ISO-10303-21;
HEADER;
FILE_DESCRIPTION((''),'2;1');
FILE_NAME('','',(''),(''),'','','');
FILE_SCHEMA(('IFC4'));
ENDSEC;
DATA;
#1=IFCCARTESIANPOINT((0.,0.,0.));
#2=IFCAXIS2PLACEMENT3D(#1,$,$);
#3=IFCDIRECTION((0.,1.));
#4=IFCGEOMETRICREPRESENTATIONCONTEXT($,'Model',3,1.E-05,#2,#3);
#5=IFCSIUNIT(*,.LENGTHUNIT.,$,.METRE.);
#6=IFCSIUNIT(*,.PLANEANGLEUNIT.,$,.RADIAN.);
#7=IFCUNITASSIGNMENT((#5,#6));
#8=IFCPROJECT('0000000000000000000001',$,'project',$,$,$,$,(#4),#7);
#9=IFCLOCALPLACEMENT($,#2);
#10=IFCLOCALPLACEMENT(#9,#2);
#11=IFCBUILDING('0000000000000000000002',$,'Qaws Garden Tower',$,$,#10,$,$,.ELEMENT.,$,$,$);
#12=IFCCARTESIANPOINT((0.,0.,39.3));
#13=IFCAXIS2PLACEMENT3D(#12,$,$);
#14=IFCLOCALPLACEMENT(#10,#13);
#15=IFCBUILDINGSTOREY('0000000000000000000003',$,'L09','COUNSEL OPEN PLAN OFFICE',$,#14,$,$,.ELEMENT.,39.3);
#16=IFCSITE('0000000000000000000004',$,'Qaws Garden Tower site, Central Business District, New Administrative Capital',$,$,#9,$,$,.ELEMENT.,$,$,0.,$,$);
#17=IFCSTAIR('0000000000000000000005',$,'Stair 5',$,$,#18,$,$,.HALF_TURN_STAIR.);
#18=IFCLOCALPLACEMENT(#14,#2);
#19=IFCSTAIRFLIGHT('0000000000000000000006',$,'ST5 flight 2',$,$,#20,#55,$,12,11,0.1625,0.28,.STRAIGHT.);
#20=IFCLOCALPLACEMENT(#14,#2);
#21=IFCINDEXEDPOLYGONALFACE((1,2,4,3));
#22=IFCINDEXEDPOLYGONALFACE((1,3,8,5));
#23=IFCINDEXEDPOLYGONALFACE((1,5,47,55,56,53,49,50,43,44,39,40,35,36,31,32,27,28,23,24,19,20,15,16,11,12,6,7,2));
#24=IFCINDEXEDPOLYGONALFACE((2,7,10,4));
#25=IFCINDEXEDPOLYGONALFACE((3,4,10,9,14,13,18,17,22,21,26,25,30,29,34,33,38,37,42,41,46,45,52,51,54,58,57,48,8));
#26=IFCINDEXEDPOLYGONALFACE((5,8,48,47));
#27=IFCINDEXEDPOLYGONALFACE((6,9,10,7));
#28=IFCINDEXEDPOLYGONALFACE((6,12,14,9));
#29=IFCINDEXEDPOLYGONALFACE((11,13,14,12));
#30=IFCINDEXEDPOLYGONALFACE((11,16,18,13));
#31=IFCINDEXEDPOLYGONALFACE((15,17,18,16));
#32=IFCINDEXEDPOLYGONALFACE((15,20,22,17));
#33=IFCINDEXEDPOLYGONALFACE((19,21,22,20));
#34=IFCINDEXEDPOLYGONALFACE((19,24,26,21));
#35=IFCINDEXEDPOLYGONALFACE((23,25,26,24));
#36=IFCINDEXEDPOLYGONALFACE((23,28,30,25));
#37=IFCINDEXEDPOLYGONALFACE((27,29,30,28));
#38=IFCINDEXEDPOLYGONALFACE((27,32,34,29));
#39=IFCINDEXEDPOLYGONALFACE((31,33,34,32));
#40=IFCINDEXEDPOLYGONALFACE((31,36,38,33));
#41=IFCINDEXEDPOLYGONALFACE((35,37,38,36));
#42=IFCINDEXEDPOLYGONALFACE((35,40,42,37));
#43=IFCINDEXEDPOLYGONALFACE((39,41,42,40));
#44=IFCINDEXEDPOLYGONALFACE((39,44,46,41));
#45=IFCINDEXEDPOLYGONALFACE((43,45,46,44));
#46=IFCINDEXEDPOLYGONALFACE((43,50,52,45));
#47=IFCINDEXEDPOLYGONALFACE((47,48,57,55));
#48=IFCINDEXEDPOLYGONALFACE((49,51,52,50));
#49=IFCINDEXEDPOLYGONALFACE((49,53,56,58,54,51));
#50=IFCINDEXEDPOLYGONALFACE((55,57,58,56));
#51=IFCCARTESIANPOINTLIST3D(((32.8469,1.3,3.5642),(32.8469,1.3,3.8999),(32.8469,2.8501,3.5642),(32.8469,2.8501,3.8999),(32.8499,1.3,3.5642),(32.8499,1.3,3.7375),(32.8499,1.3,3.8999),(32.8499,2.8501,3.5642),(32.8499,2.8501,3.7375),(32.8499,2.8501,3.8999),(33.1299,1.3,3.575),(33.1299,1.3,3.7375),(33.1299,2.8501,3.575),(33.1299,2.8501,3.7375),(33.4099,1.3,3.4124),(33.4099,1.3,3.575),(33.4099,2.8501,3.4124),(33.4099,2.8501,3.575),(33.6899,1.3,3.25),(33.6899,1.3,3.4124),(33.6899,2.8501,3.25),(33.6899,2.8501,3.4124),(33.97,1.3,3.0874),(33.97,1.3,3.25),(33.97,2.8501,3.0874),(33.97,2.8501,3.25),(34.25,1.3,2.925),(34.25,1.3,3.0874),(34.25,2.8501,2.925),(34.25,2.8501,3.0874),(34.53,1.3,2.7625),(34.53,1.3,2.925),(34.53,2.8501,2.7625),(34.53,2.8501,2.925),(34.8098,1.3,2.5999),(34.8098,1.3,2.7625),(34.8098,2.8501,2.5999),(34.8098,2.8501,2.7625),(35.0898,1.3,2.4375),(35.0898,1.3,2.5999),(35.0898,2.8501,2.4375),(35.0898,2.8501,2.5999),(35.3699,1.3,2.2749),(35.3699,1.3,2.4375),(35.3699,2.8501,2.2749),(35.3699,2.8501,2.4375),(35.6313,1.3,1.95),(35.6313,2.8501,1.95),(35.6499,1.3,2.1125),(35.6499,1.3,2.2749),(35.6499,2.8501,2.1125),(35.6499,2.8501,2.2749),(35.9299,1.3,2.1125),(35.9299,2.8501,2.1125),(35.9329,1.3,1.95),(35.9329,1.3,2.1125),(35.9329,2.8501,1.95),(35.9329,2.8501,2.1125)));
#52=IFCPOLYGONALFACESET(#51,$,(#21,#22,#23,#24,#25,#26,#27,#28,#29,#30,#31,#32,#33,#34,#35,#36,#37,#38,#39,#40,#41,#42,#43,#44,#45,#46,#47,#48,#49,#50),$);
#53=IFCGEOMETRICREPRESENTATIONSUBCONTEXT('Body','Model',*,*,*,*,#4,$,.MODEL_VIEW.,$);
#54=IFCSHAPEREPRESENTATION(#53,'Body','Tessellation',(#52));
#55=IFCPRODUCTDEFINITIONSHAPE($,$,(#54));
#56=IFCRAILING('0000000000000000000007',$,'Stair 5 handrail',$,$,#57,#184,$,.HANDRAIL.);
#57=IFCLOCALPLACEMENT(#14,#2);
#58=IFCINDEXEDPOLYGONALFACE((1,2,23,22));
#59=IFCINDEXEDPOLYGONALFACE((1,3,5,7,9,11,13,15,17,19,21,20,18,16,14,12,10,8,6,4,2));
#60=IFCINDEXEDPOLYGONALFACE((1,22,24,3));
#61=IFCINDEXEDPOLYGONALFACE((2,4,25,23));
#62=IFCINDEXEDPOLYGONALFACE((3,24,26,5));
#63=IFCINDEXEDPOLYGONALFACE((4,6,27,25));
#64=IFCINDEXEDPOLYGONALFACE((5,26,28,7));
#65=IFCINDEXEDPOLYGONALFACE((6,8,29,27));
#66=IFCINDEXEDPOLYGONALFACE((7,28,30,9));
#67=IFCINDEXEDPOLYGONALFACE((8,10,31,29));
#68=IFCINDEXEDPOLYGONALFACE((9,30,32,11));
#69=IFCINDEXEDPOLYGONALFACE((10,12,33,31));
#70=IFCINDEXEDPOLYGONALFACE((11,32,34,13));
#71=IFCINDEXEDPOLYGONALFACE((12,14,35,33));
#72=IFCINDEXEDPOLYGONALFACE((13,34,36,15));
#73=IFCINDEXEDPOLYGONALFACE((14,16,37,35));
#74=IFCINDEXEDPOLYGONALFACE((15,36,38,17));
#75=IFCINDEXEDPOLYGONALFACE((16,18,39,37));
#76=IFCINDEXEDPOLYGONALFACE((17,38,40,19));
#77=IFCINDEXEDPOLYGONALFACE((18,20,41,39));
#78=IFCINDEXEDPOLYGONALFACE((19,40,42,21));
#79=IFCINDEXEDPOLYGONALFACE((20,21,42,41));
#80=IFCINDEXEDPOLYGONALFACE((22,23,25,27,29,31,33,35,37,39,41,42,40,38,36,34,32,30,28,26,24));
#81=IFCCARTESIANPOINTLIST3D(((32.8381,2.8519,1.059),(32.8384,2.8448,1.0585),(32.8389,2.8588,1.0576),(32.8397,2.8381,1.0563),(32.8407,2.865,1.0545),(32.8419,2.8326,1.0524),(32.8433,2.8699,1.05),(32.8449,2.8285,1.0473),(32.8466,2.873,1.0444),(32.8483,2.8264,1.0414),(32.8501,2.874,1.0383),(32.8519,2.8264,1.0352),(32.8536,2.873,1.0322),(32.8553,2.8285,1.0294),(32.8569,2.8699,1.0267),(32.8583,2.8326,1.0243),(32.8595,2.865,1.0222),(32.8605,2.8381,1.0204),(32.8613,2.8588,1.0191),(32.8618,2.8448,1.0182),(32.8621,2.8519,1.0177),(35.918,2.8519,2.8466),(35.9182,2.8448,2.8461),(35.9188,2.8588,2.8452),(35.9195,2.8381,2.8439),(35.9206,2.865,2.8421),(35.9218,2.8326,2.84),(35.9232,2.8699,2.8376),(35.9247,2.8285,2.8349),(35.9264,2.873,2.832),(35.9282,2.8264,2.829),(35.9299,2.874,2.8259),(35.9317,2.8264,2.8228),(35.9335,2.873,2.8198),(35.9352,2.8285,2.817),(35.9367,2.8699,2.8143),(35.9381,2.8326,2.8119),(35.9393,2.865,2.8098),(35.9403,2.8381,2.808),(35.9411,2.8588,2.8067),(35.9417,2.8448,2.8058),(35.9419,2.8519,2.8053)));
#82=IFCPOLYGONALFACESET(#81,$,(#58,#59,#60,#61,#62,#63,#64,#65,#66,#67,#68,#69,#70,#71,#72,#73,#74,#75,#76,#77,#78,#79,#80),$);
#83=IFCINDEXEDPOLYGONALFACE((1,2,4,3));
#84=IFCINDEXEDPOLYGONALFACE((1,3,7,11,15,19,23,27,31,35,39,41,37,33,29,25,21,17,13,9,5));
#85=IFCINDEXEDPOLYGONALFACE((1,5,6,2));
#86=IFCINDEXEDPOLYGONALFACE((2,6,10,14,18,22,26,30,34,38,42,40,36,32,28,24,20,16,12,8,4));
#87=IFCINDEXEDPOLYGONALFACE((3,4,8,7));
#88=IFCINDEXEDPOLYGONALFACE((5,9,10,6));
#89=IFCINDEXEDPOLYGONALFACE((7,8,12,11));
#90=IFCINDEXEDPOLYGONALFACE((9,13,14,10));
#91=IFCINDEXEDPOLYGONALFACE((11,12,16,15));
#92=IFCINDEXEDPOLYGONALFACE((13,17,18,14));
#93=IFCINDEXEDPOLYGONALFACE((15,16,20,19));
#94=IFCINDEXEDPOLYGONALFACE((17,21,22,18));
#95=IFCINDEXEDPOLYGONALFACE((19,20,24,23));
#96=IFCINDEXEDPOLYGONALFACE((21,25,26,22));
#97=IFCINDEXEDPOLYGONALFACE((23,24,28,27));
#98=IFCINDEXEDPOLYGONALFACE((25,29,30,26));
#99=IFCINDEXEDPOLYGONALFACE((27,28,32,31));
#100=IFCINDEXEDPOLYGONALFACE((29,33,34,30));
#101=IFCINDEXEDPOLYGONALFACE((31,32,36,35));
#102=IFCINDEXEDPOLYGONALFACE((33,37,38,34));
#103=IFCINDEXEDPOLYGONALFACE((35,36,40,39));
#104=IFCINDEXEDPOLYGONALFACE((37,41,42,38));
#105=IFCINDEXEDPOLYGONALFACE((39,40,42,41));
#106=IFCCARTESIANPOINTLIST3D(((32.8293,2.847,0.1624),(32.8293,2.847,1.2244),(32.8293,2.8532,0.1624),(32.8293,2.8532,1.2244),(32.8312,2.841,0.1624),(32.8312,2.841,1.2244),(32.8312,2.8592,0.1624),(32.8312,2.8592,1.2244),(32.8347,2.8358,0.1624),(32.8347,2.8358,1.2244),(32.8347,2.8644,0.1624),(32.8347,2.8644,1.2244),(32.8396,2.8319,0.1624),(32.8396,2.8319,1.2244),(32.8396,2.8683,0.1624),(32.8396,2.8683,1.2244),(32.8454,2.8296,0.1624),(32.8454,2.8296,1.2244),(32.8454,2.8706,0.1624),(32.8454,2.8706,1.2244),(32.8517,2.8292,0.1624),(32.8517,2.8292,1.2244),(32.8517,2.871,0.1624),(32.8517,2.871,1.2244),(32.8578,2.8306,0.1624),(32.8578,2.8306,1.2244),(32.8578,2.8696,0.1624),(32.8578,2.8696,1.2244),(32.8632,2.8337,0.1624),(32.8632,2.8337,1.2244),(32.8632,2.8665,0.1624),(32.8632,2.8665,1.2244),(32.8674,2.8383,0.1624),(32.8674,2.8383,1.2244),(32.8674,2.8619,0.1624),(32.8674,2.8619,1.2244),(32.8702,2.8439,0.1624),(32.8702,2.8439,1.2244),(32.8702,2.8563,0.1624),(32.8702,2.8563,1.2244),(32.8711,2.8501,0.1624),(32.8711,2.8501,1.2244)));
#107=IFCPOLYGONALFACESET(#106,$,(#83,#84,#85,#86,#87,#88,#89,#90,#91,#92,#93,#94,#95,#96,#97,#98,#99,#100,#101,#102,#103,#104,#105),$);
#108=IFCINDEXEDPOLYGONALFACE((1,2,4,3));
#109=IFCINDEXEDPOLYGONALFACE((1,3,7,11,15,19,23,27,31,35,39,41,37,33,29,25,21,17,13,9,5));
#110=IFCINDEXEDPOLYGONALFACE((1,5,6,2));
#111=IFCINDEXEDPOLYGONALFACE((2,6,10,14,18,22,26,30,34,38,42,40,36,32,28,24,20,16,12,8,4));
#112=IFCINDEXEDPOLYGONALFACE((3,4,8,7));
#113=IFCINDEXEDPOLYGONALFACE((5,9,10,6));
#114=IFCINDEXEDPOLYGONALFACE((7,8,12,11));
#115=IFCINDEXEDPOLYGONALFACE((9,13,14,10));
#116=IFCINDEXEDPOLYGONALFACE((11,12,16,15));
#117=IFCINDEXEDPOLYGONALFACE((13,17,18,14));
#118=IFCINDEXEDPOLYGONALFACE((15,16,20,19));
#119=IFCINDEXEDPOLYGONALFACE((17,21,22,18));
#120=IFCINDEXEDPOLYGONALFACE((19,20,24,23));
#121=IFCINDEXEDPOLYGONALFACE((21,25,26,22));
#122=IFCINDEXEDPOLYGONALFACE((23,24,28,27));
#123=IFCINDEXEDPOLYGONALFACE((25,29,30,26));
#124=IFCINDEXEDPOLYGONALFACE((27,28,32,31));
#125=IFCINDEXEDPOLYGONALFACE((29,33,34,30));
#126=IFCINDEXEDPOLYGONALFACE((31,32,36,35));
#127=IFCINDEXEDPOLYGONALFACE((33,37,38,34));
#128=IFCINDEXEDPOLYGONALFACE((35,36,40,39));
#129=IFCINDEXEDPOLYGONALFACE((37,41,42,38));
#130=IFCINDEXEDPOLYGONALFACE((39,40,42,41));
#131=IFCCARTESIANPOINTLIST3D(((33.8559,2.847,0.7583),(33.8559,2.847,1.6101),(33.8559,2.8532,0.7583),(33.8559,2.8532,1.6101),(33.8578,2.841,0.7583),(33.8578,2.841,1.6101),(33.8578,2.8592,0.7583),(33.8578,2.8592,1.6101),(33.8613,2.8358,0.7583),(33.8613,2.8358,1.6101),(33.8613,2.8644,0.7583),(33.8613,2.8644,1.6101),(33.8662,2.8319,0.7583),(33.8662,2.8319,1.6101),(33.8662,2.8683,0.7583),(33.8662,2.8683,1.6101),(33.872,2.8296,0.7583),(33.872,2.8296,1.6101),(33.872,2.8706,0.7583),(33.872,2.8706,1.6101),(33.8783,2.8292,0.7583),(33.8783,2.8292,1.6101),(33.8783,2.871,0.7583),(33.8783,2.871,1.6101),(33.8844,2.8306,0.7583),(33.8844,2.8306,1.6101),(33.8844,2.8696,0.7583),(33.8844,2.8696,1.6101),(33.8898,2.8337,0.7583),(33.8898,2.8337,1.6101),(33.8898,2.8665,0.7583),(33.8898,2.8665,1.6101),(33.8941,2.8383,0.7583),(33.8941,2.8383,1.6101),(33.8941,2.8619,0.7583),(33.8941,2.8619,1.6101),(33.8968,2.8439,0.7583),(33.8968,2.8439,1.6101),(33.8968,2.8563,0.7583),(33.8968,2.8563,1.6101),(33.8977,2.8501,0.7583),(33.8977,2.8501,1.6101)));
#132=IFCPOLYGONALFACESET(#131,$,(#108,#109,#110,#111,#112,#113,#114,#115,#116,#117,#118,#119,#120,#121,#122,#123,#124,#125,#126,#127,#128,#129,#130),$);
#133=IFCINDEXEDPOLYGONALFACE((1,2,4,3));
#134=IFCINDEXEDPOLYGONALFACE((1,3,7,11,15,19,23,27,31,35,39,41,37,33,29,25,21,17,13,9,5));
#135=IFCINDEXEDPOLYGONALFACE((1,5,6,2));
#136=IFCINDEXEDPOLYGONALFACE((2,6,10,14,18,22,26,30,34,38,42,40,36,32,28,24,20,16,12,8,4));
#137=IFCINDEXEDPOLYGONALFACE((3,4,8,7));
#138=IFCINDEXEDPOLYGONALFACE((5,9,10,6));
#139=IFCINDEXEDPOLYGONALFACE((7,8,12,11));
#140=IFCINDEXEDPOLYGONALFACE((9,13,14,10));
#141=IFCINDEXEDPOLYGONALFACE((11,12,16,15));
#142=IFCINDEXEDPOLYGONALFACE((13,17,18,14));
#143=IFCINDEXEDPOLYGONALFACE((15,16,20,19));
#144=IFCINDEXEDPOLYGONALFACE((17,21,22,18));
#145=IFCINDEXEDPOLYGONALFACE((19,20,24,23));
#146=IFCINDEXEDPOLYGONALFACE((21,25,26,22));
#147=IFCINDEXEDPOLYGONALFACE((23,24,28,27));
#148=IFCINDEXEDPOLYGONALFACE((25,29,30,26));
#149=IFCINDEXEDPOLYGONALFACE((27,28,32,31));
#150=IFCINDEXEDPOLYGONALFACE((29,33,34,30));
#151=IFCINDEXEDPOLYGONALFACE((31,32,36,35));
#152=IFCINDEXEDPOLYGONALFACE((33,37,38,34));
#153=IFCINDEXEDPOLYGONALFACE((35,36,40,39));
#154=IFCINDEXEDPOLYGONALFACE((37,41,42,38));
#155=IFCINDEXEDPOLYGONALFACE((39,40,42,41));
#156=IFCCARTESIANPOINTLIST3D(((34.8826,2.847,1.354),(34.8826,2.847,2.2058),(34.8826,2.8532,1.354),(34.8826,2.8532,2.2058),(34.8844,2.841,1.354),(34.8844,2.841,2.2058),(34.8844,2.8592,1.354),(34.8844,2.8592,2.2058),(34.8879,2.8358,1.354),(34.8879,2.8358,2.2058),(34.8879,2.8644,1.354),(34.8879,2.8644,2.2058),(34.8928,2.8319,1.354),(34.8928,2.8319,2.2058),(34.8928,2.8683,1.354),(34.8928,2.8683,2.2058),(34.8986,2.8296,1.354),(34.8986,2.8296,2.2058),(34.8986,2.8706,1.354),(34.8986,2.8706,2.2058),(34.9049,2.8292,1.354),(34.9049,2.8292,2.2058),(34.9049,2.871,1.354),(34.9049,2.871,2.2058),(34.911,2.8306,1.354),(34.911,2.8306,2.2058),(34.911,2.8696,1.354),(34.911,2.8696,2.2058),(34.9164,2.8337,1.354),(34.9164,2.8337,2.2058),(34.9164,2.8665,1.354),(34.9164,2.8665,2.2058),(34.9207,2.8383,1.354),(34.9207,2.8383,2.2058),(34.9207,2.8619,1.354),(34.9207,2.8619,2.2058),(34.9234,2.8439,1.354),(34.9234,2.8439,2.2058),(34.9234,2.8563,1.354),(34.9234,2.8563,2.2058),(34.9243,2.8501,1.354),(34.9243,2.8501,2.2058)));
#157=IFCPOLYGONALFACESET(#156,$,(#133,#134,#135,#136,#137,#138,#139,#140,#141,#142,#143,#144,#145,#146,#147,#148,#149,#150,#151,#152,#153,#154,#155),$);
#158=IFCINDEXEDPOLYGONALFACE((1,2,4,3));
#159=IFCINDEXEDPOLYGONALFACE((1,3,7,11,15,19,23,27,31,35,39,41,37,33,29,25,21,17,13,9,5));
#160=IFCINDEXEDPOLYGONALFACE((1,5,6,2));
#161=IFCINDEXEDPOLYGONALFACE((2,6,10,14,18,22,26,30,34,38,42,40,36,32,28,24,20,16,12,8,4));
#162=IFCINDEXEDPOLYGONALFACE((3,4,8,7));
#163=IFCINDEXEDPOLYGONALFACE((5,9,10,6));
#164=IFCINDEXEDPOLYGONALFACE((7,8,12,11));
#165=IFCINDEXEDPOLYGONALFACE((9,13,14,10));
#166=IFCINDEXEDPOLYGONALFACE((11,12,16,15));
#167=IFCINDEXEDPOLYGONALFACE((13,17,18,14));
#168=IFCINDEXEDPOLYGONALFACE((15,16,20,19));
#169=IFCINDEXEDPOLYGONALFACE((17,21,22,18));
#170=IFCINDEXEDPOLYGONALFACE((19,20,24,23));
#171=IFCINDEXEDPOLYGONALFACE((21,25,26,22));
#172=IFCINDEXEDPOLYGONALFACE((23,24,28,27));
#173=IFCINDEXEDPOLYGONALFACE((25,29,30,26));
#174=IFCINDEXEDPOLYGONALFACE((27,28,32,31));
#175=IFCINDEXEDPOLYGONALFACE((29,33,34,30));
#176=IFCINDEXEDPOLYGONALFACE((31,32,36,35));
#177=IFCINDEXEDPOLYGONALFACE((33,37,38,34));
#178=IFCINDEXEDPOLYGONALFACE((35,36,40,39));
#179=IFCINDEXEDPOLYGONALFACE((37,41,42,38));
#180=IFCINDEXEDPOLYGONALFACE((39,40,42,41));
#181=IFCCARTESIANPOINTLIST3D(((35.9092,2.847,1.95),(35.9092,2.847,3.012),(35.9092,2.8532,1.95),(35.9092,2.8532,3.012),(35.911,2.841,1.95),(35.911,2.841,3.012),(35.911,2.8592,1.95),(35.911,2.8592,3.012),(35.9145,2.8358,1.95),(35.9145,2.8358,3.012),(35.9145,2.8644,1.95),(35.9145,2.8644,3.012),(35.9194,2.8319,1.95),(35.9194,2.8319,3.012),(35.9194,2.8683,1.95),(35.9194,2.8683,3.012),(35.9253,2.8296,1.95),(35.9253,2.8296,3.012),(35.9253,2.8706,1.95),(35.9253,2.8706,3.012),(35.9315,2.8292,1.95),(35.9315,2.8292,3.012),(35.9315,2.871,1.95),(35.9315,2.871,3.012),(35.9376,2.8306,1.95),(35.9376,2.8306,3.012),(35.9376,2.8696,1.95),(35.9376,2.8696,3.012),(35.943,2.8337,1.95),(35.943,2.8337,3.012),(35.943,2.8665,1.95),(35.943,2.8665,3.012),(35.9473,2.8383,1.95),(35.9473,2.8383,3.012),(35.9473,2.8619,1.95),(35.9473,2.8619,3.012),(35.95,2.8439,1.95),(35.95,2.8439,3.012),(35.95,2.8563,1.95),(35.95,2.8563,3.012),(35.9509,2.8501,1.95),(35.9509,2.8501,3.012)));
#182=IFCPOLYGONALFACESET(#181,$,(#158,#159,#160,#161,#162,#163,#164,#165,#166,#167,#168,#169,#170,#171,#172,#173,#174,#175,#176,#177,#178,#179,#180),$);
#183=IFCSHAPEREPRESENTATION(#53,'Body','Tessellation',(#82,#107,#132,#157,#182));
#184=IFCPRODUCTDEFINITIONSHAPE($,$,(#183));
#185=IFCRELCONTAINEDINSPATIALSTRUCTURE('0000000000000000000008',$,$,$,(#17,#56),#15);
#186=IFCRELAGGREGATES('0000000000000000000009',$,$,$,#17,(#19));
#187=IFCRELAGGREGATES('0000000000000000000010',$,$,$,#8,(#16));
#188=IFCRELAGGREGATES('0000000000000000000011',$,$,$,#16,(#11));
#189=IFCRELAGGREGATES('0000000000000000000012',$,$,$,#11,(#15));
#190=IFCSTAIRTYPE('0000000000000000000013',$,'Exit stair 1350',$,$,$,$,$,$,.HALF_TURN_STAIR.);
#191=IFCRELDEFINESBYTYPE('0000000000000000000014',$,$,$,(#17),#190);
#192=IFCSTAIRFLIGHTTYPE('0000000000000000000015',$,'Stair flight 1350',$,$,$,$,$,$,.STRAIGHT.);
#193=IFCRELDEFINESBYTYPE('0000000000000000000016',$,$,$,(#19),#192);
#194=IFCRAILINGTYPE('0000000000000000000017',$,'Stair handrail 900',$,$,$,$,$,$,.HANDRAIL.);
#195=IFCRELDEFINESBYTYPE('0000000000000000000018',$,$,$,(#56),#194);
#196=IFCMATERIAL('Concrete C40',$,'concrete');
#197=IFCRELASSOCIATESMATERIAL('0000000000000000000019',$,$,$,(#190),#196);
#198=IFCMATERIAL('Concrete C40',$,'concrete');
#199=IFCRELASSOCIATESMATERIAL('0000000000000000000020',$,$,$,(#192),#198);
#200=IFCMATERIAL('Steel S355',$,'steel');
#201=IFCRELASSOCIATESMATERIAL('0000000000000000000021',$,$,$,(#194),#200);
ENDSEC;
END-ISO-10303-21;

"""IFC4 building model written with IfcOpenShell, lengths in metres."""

from ifc_helpers import new_model, si_unit, direction, frame, origin, origin_2d, place, context, subcontext, project, spatial, polyline, circle, outline, extrude, material, type_object, element, aggregate, save


model = new_model("IFC4")

# Units and contexts
model_context = context("Model", 3, precision=1e-05, world=origin(), true_north=direction((0.0, 1.0)))
body_context = subcontext(model_context, "Body", "Model", "MODEL_VIEW")
ifc_project = project(units=[si_unit("LENGTHUNIT", "METRE"), si_unit("PLANEANGLEUNIT", "RADIAN")], contexts=[model_context])

# Site, building, storey
site_placement = place(None, origin())
site = spatial("IfcSite", under=ifc_project, at=site_placement, Name="Qaws Garden Tower site, Central Business District, New Administrative Capital", CompositionType="ELEMENT", RefElevation=0.0)
building_placement = place(site_placement, origin())
building = spatial("IfcBuilding", under=site, at=building_placement, Name="Qaws Garden Tower", CompositionType="ELEMENT")
storey_placement = place(building_placement, frame((0.0, 0.0, 39.3)))
storey = spatial("IfcBuildingStorey", under=building, at=storey_placement, Name="L09", Description="COUNSEL OPEN PLAN OFFICE", CompositionType="ELEMENT", Elevation=39.3)

# Stair, stair flight
ifc_material_1 = material(Name="Concrete C40", Category="concrete")
stair_type = type_object("IfcStairType", Name="Exit stair 1350", PredefinedType="HALF_TURN_STAIR", material=ifc_material_1)
stair_placement = place(storey_placement, origin())
stair = element("IfcStair", 1, at=stair_placement, inside=storey, type_object=stair_type, Name="Stair 5", PredefinedType="HALF_TURN_STAIR")
ifc_material_2 = material(Name="Concrete C40", Category="concrete")
stair_flight_type = type_object("IfcStairFlightType", Name="Stair flight 1350", PredefinedType="STRAIGHT", material=ifc_material_2)
stair_flight_1_placement = place(storey_placement, frame((35.9299, 2.075, 1.95), z_axis=(0.0, 0.0, 1.0), x_axis=(-1.0, 0.0, 0.0)))
stair_flight_1 = element("IfcStairFlight", 2, at=stair_flight_1_placement, type_object=stair_flight_type, Name="ST5 flight 2", NumberOfRisers=12, NumberOfTreads=11, PredefinedType="STRAIGHT", RiserHeight=0.1625, TreadLength=0.28, context=body_context, shape_type="SweptSolid", body=[
    extrude(outline(polyline([(-0.0029, 0.0), (-0.0029, 0.1626), (0.0, 0.1626), (0.28, 0.1626), (0.28, 0.325), (0.5601, 0.325), (0.5601, 0.4875), (0.8401, 0.4875), (0.8401, 0.6499), (1.1201, 0.6499), (1.1201, 0.8125), (1.3999, 0.8125), (1.3999, 0.9751), (1.6799, 0.9751), (1.6799, 1.1375), (1.96, 1.1375), (1.96, 1.3), (2.24, 1.3), (2.24, 1.4624), (2.52, 1.4624), (2.52, 1.625), (2.8, 1.625), (2.8, 1.7876), (3.0801, 1.7876), (3.0801, 1.95), (3.083, 1.95), (3.083, 1.6143), (3.0801, 1.6143), (0.2986, 0.0), (-0.0029, 0.0)])), frame((0.0, 0.7749, 0.0), z_axis=(0.0, -1.0, 0.0), x_axis=(1.0, 0.0, 0.0)), (0.0, 0.0, 1.0), 1.55),
])
aggregate(stair, [stair_flight_1])

# Railing
ifc_material_3 = material(Name="Steel S355", Category="steel")
railing_type = type_object("IfcRailingType", Name="Stair handrail 900", PredefinedType="HANDRAIL", material=ifc_material_3)
railing_1_placement = place(storey_placement, frame((32.8501, 2.8501, 0.1624)))
element("IfcRailing", 3, at=railing_1_placement, inside=storey, type_object=railing_type, Name="Stair 5 handrail", PredefinedType="HANDRAIL", context=body_context, shape_type="SweptSolid", body=[
    extrude(circle(Radius=0.0239, at=origin_2d()), frame((0.0, 0.0, 0.876), z_axis=(0.864873, 0.0, 0.50199), x_axis=(0.0, 1.0, 0.0)), (0.0, 0.0, 1.0), 3.561),
    extrude(circle(Radius=0.021, at=origin_2d()), origin(), (0.0, 0.0, 1.0), 1.062),
    extrude(circle(Radius=0.021, at=origin_2d()), frame((1.0266, 0.0, 0.5959)), (0.0, 0.0, 1.0), 0.8518),
    extrude(circle(Radius=0.021, at=origin_2d()), frame((2.0532, 0.0, 1.1917)), (0.0, 0.0, 1.0), 0.8518),
    extrude(circle(Radius=0.021, at=origin_2d()), frame((3.0798, 0.0, 1.7876)), (0.0, 0.0, 1.0), 1.062),
])

save(model, "model.ifc")
